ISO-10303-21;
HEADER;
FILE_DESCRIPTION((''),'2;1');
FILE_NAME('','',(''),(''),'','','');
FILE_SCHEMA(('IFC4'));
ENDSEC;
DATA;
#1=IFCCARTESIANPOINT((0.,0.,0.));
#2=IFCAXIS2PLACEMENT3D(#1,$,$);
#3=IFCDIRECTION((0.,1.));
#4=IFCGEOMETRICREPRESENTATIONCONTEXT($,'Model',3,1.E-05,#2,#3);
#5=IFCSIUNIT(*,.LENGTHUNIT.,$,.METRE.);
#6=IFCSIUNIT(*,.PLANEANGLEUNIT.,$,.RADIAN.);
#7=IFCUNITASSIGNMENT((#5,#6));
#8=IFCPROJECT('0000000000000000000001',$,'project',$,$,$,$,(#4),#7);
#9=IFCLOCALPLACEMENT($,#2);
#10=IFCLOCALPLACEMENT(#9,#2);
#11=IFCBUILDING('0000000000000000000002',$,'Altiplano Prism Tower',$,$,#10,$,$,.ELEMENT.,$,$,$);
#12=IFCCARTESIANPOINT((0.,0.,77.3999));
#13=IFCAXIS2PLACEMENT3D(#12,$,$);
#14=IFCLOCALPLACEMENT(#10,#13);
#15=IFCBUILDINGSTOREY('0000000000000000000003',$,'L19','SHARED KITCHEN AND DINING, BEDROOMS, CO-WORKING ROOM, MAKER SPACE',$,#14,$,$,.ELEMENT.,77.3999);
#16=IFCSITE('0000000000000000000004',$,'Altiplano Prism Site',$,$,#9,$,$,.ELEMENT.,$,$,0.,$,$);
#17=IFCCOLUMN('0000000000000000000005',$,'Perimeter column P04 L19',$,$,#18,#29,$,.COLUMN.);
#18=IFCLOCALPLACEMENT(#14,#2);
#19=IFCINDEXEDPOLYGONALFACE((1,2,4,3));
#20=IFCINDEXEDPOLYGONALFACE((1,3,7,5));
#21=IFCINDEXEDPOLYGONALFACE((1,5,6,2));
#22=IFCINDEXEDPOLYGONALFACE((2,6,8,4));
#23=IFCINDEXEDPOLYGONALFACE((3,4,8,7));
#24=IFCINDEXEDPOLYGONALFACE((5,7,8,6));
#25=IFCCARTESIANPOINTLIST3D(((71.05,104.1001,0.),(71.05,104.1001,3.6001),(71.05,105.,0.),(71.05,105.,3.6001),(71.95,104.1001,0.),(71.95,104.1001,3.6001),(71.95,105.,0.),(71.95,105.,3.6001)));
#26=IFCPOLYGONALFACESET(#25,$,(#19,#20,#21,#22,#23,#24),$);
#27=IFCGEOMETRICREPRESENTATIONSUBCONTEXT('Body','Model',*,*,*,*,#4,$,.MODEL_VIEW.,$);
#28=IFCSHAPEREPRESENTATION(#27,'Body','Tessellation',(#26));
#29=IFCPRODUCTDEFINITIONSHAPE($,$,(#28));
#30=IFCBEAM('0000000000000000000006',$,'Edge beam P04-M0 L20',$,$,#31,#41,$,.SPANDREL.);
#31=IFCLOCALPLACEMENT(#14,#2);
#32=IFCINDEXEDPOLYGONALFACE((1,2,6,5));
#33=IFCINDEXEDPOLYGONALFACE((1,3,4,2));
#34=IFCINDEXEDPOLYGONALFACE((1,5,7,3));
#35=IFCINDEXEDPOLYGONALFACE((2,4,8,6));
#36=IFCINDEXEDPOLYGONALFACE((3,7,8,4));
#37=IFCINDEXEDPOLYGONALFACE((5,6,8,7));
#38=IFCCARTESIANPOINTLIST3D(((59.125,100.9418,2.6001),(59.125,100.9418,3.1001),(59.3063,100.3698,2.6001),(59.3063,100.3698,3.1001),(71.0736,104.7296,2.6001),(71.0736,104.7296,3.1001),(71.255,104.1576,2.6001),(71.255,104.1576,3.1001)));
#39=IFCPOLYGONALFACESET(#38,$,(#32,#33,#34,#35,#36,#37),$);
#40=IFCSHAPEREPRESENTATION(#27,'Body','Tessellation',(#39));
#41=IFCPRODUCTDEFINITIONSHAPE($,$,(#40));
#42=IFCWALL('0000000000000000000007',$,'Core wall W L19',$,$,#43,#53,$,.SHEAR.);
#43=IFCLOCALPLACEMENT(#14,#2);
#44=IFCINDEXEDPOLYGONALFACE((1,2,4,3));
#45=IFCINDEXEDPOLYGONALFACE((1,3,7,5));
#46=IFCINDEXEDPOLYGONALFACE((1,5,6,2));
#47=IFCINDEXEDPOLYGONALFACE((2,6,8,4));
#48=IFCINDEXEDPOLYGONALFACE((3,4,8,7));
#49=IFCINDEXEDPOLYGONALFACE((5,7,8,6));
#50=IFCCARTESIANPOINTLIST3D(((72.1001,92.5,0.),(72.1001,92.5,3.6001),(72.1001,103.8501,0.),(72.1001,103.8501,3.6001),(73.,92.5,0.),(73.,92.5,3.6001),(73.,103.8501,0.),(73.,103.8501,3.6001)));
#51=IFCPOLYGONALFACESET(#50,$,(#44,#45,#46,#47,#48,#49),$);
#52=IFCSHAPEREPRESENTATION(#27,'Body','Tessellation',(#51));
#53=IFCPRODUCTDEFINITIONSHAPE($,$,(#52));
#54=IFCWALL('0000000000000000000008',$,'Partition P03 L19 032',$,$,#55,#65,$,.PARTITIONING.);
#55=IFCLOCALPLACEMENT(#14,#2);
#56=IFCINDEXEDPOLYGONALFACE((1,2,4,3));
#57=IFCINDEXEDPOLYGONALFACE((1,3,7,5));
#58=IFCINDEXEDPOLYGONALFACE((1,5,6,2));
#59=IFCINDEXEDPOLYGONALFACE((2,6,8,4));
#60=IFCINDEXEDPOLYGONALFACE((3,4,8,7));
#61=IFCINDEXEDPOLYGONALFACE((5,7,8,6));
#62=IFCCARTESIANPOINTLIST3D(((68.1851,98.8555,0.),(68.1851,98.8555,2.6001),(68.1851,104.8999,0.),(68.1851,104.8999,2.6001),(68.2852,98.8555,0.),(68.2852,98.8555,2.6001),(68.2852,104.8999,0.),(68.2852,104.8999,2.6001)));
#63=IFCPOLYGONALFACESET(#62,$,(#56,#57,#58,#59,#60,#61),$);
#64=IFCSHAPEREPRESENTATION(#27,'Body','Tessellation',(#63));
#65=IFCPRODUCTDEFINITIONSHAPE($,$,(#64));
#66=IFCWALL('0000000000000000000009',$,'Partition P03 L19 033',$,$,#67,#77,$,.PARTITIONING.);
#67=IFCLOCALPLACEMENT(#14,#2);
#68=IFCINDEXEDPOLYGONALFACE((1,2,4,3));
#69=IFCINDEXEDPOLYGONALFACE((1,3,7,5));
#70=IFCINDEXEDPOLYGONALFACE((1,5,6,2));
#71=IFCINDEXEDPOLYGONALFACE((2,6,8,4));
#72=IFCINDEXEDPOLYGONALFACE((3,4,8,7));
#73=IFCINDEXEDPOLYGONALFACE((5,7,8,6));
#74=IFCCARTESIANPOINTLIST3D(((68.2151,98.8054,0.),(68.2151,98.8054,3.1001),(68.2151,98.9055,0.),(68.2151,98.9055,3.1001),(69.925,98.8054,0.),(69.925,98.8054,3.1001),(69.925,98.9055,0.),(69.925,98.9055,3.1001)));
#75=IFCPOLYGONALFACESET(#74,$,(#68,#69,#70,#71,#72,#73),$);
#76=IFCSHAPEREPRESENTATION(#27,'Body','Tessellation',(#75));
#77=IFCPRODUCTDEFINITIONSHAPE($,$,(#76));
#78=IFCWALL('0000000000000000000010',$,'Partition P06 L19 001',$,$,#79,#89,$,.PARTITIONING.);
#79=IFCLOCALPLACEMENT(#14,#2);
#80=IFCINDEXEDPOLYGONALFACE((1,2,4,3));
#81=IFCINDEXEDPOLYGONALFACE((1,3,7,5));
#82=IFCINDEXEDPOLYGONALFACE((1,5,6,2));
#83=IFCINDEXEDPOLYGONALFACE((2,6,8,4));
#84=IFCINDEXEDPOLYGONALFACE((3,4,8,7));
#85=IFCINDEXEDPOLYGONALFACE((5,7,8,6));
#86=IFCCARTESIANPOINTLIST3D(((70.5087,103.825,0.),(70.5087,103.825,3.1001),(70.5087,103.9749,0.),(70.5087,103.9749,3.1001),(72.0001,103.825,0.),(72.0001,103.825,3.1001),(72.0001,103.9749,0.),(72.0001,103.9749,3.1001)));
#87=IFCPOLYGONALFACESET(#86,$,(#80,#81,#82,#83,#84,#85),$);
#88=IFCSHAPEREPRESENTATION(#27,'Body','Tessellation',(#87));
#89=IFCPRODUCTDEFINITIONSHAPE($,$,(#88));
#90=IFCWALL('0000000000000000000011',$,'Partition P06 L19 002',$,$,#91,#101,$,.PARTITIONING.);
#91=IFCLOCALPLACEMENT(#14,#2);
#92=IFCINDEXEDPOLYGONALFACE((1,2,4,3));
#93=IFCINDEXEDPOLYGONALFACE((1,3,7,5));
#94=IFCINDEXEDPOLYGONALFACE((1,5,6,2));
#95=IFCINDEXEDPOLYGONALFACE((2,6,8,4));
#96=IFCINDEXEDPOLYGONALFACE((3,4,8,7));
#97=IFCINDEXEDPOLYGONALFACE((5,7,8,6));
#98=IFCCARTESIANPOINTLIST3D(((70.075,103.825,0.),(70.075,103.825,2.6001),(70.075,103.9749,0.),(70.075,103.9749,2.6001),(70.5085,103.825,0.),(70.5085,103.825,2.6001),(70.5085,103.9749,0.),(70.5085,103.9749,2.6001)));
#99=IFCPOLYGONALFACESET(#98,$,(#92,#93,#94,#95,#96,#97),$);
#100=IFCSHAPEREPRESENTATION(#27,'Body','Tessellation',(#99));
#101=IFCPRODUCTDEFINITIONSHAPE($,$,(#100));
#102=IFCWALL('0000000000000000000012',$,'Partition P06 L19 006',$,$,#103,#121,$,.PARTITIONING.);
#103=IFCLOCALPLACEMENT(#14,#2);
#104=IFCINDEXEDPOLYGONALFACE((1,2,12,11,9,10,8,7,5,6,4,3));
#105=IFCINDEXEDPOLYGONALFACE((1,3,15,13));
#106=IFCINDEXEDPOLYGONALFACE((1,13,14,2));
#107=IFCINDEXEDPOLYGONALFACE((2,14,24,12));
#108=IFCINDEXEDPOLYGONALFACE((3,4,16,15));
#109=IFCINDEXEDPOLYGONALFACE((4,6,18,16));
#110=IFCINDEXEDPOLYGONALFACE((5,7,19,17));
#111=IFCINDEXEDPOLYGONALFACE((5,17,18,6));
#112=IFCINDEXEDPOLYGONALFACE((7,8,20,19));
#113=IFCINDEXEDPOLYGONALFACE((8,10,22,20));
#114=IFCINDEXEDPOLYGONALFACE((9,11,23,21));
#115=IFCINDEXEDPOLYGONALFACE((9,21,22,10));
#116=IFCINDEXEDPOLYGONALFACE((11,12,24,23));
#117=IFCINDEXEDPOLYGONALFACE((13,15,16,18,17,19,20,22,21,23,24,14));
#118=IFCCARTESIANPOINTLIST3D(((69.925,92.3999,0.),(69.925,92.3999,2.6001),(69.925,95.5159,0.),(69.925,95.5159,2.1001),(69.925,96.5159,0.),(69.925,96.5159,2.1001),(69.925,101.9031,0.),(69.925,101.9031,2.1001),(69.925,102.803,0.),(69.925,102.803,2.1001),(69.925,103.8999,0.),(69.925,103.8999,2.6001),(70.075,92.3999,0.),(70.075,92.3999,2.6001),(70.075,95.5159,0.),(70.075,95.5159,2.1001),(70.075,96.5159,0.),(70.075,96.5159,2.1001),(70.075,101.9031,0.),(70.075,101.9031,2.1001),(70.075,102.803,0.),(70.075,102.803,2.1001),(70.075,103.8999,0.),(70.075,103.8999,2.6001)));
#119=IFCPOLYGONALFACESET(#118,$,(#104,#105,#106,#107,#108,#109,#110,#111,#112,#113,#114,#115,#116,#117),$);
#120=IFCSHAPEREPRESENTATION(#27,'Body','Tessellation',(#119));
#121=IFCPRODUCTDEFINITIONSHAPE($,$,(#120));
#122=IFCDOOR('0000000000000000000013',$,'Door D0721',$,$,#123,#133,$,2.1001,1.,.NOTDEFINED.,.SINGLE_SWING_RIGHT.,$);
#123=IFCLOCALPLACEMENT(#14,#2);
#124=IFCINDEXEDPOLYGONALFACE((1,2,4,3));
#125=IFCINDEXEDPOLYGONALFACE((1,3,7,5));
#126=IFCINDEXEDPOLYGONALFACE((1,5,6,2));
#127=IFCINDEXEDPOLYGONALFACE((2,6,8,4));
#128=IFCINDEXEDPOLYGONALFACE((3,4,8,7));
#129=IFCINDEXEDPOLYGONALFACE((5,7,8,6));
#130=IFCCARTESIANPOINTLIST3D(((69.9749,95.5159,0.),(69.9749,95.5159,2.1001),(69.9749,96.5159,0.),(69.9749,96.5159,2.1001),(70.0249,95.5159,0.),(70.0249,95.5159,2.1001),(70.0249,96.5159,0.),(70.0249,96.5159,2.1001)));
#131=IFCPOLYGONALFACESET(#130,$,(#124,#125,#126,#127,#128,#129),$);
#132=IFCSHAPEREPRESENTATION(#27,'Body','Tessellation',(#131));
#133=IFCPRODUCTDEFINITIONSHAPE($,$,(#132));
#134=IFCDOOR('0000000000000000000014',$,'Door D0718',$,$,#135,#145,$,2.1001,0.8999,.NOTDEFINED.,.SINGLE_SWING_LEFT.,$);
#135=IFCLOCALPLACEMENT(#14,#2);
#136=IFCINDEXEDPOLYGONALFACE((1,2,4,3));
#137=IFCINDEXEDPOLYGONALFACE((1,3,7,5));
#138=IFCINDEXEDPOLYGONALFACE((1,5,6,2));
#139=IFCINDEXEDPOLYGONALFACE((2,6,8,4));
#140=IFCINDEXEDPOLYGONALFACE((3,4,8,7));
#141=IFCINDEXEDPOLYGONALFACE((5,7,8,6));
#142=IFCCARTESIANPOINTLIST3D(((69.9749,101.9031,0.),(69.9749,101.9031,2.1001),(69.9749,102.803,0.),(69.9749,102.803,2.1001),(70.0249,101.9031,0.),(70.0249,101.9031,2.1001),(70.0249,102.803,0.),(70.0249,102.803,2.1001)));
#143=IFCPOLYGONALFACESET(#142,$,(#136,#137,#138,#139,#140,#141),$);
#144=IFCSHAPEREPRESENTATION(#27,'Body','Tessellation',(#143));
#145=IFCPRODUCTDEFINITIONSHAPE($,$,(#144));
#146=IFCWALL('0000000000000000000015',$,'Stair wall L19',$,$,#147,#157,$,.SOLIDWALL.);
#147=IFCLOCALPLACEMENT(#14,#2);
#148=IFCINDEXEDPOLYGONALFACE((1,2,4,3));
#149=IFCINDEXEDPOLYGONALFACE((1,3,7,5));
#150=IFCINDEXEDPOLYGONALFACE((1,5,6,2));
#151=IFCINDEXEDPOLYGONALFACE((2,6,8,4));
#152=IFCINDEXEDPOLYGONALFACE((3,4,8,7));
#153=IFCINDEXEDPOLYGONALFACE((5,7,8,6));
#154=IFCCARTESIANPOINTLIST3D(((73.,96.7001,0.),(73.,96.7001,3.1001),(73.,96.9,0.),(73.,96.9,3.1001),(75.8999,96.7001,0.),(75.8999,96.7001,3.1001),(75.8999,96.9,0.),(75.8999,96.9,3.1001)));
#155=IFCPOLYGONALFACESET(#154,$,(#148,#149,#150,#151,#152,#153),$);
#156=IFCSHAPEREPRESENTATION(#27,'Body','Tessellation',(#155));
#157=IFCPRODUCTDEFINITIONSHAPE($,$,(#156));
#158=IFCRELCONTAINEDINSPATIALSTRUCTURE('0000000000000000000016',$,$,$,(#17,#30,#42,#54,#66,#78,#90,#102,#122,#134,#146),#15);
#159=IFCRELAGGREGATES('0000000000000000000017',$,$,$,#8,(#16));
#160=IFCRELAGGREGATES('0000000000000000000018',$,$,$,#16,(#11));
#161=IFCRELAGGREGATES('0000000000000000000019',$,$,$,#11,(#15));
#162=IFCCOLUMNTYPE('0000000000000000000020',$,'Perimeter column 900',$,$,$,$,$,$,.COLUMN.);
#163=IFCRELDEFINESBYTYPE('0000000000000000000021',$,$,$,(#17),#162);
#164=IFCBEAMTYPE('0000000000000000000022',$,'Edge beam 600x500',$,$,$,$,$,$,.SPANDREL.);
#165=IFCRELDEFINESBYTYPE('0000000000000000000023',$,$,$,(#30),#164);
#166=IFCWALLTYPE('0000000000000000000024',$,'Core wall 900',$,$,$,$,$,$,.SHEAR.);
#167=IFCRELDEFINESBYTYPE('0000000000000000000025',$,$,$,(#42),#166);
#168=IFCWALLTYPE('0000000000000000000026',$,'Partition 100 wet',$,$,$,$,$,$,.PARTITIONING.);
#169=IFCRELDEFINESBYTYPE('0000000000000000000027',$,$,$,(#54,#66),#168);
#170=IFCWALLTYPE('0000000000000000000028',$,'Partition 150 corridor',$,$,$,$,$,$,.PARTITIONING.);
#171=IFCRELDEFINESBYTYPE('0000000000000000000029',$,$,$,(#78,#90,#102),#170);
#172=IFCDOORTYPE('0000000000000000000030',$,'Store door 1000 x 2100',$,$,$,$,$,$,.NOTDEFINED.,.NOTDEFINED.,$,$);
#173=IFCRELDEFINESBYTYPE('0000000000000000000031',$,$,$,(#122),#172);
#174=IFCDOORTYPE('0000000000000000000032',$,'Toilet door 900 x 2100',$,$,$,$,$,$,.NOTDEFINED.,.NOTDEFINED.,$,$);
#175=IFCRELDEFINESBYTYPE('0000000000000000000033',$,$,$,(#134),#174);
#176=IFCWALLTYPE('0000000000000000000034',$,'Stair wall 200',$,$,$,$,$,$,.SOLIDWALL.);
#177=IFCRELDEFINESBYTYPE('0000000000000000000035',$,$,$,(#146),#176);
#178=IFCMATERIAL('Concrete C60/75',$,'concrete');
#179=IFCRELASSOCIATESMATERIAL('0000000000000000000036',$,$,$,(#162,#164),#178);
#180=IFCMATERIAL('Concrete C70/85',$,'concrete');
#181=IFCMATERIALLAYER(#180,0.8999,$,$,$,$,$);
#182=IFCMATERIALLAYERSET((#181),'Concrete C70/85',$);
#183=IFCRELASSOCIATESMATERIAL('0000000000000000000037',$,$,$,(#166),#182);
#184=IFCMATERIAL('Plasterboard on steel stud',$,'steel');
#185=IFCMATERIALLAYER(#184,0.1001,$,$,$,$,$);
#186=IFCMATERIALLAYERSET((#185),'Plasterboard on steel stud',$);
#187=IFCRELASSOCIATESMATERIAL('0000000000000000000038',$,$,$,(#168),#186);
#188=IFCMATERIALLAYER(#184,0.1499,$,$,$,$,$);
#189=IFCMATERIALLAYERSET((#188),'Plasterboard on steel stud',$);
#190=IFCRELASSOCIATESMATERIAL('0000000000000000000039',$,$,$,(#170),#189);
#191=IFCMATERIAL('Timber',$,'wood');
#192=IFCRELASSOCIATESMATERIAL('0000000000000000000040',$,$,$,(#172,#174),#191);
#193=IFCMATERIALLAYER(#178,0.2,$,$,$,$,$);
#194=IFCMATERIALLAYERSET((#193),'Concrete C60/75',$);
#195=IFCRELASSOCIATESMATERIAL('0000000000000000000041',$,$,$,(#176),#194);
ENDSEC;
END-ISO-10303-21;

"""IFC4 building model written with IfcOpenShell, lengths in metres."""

from ifc_helpers import new_model, si_unit, direction, frame, frame_2d, origin, origin_2d, place, context, subcontext, project, spatial, rectangle, extrude, material, layer, layer_set, material_profile, profile_set, type_object, element, fill, save


model = new_model("IFC4")

# Units and contexts
model_context = context("Model", 3, precision=1e-05, world=origin(), true_north=direction((0.0, 1.0)))
body_context = subcontext(model_context, "Body", "Model", "MODEL_VIEW")
ifc_project = project(units=[si_unit("LENGTHUNIT", "METRE"), si_unit("PLANEANGLEUNIT", "RADIAN")], contexts=[model_context])

# Site, building, storey
site_placement = place(None, origin())
site = spatial("IfcSite", under=ifc_project, at=site_placement, Name="Altiplano Prism Site", CompositionType="ELEMENT", RefElevation=0.0)
building_placement = place(site_placement, origin())
building = spatial("IfcBuilding", under=site, at=building_placement, Name="Altiplano Prism Tower", CompositionType="ELEMENT")
storey_placement = place(building_placement, frame((0.0, 0.0, 77.3999)))
storey = spatial("IfcBuildingStorey", under=building, at=storey_placement, Name="L19", Description="SHARED KITCHEN AND DINING, BEDROOMS, CO-WORKING ROOM, MAKER SPACE", CompositionType="ELEMENT", Elevation=77.3999)

# Column
ifc_material_1 = material(Name="Concrete C60/75", Category="concrete")
ifc_material_profile_1 = material_profile(ifc_material_1, rectangle(XDim=0.8999, YDim=0.8999, at=origin_2d()), Name="Perimeter column 900")
ifc_profile_set_1 = profile_set([ifc_material_profile_1], Name="Concrete C60/75")
column_type = type_object("IfcColumnType", Name="Perimeter column 900", PredefinedType="COLUMN", material=ifc_profile_set_1)
column_placement = place(storey_placement, frame((71.5, 104.55, 0.0), z_axis=(0.0, 0.0, 1.0), x_axis=(1.0, 0.0, 0.0)))
element("IfcColumn", 1, at=column_placement, inside=storey, type_object=column_type, Name="Perimeter column P04 L19", PredefinedType="COLUMN", context=body_context, shape_type="SweptSolid", body=[
    extrude(rectangle(XDim=0.8999, YDim=0.8999, at=origin_2d()), origin(), (0.0, 0.0, 1.0), 3.6001),
])

# Beam
ifc_material_profile_2 = material_profile(ifc_material_1, rectangle(XDim=0.6001, YDim=0.5, at=origin_2d()), Name="Edge beam 600x500")
ifc_profile_set_2 = profile_set([ifc_material_profile_2], Name="Concrete C60/75")
beam_type = type_object("IfcBeamType", Name="Edge beam 600x500", PredefinedType="SPANDREL", material=ifc_profile_set_2)
beam_placement = place(storey_placement, frame((71.1643, 104.4436, 2.8501), z_axis=(-0.953249, -0.302187, 0.0), x_axis=(0.302187, -0.953249, 0.0)))
element("IfcBeam", 2, at=beam_placement, inside=storey, type_object=beam_type, Name="Edge beam P04-M0 L20", PredefinedType="SPANDREL", context=body_context, shape_type="SweptSolid", body=[
    extrude(rectangle(XDim=0.6001, YDim=0.5, at=origin_2d()), origin(), (0.0, 0.0, 1.0), 12.5347),
])

# Walls
ifc_material_2 = material(Name="Concrete C70/85", Category="concrete")
ifc_layer_1 = layer(ifc_material_2, 0.8999)
ifc_layer_set_1 = layer_set([ifc_layer_1], Name="Concrete C70/85")
wall_type_1 = type_object("IfcWallType", Name="Core wall 900", PredefinedType="SHEAR", material=ifc_layer_set_1)
wall_1_placement = place(storey_placement, frame((72.55, 103.8501, 0.0), z_axis=(0.0, 0.0, 1.0), x_axis=(0.0, -1.0, 0.0)))
element("IfcWall", 3, at=wall_1_placement, inside=storey, type_object=wall_type_1, Name="Core wall W L19", PredefinedType="SHEAR", context=body_context, shape_type="SweptSolid", body=[
    extrude(rectangle(XDim=11.3501, YDim=0.8999, at=frame_2d((5.675, 0.0))), origin(), (0.0, 0.0, 1.0), 3.6001),
])
ifc_material_3 = material(Name="Plasterboard on steel stud", Category="steel")
ifc_layer_2 = layer(ifc_material_3, 0.1001)
ifc_layer_set_2 = layer_set([ifc_layer_2], Name="Plasterboard on steel stud")
wall_type_2 = type_object("IfcWallType", Name="Partition 100 wet", PredefinedType="PARTITIONING", material=ifc_layer_set_2)
wall_2_placement = place(storey_placement, frame((68.2351, 104.8999, 0.0), z_axis=(0.0, 0.0, 1.0), x_axis=(0.0, -1.0, 0.0)))
element("IfcWall", 4, at=wall_2_placement, inside=storey, type_object=wall_type_2, Name="Partition P03 L19 032", PredefinedType="PARTITIONING", context=body_context, shape_type="SweptSolid", body=[
    extrude(rectangle(XDim=6.0444, YDim=0.1001, at=frame_2d((3.0222, 0.0))), origin(), (0.0, 0.0, 1.0), 2.6001),
])
wall_3_placement = place(storey_placement, frame((68.2151, 98.8555, 0.0), z_axis=(0.0, 0.0, 1.0), x_axis=(1.0, 0.0, 0.0)))
element("IfcWall", 5, at=wall_3_placement, inside=storey, type_object=wall_type_2, Name="Partition P03 L19 033", PredefinedType="PARTITIONING", context=body_context, shape_type="SweptSolid", body=[
    extrude(rectangle(XDim=1.71, YDim=0.1001, at=frame_2d((0.855, 0.0))), origin(), (0.0, 0.0, 1.0), 3.1001),
])
ifc_layer_3 = layer(ifc_material_3, 0.1499)
ifc_layer_set_3 = layer_set([ifc_layer_3], Name="Plasterboard on steel stud")
wall_type_3 = type_object("IfcWallType", Name="Partition 150 corridor", PredefinedType="PARTITIONING", material=ifc_layer_set_3)
wall_4_placement = place(storey_placement, frame((72.0, 103.8999, 0.0), z_axis=(0.0, 0.0, 1.0), x_axis=(-1.0, 0.0, 0.0)))
element("IfcWall", 6, at=wall_4_placement, inside=storey, type_object=wall_type_3, Name="Partition P06 L19 001", PredefinedType="PARTITIONING", context=body_context, shape_type="SweptSolid", body=[
    extrude(rectangle(XDim=1.4915, YDim=0.1499, at=frame_2d((0.7456, 0.0))), origin(), (0.0, 0.0, 1.0), 3.1001),
])
wall_5_placement = place(storey_placement, frame((70.5085, 103.8999, 0.0), z_axis=(0.0, 0.0, 1.0), x_axis=(-1.0, 0.0, 0.0)))
element("IfcWall", 7, at=wall_5_placement, inside=storey, type_object=wall_type_3, Name="Partition P06 L19 002", PredefinedType="PARTITIONING", context=body_context, shape_type="SweptSolid", body=[
    extrude(rectangle(XDim=0.4336, YDim=0.1499, at=frame_2d((0.2168, 0.0))), origin(), (0.0, 0.0, 1.0), 2.6001),
])

# Wall, openings, doors
wall_6_placement = place(storey_placement, frame((70.0, 103.8999, 0.0), z_axis=(0.0, 0.0, 1.0), x_axis=(0.0, -1.0, 0.0)))
wall_6 = element("IfcWall", 8, at=wall_6_placement, inside=storey, type_object=wall_type_3, Name="Partition P06 L19 006", PredefinedType="PARTITIONING", context=body_context, shape_type="SweptSolid", body=[
    extrude(rectangle(XDim=11.5, YDim=0.1499, at=frame_2d((5.75, 0.0))), origin(), (0.0, 0.0, 1.0), 2.6001),
])
opening_1_placement = place(wall_6_placement, frame((1.0969, 0.0, 0.0)))
opening_1 = element("IfcOpeningElement", 9, at=opening_1_placement, cuts=wall_6, PredefinedType="OPENING", context=body_context, shape_type="SweptSolid", body=[
    extrude(rectangle(XDim=0.8999, YDim=2.1001, at=frame_2d((0.45, 1.05))), frame((0.0, 0.0854, 0.0), z_axis=(0.0, -1.0, 0.0), x_axis=(1.0, 0.0, 0.0)), (0.0, 0.0, 1.0), 0.1709),
])
opening_2_placement = place(wall_6_placement, frame((7.384, 0.0, 0.0)))
opening_2 = element("IfcOpeningElement", 10, at=opening_2_placement, cuts=wall_6, PredefinedType="OPENING", context=body_context, shape_type="SweptSolid", body=[
    extrude(rectangle(XDim=1.0, YDim=2.1001, at=frame_2d((0.5, 1.05))), frame((0.0, 0.0854, 0.0), z_axis=(0.0, -1.0, 0.0), x_axis=(1.0, 0.0, 0.0)), (0.0, 0.0, 1.0), 0.1709),
])
ifc_material_4 = material(Name="Timber", Category="wood")
door_type_1 = type_object("IfcDoorType", Name="Store door 1000 x 2100", OperationType="NOTDEFINED", PredefinedType="NOTDEFINED", material=ifc_material_4)
door_1_placement = place(opening_2_placement, origin())
door_1 = element("IfcDoor", 11, at=door_1_placement, inside=storey, type_object=door_type_1, Name="Door D0721", OperationType="SINGLE_SWING_RIGHT", OverallHeight=2.1001, OverallWidth=1.0, PredefinedType="NOTDEFINED", context=body_context, shape_type="SweptSolid", body=[
    extrude(rectangle(XDim=1.0, YDim=2.1001, at=frame_2d((0.5, 1.05))), frame((0.0, 0.0249, 0.0), z_axis=(0.0, -1.0, 0.0), x_axis=(1.0, 0.0, 0.0)), (0.0, 0.0, 1.0), 0.05),
])
fill(opening_2, door_1)
door_type_2 = type_object("IfcDoorType", Name="Toilet door 900 x 2100", OperationType="NOTDEFINED", PredefinedType="NOTDEFINED", material=ifc_material_4)
door_2_placement = place(opening_1_placement, origin())
door_2 = element("IfcDoor", 12, at=door_2_placement, inside=storey, type_object=door_type_2, Name="Door D0718", OperationType="SINGLE_SWING_LEFT", OverallHeight=2.1001, OverallWidth=0.8999, PredefinedType="NOTDEFINED", context=body_context, shape_type="SweptSolid", body=[
    extrude(rectangle(XDim=0.8999, YDim=2.1001, at=frame_2d((0.45, 1.05))), frame((0.0, 0.0249, 0.0), z_axis=(0.0, -1.0, 0.0), x_axis=(1.0, 0.0, 0.0)), (0.0, 0.0, 1.0), 0.05),
])
fill(opening_1, door_2)

# Wall
ifc_layer_4 = layer(ifc_material_1, 0.2)
ifc_layer_set_4 = layer_set([ifc_layer_4], Name="Concrete C60/75")
wall_type_4 = type_object("IfcWallType", Name="Stair wall 200", PredefinedType="SOLIDWALL", material=ifc_layer_set_4)
wall_7_placement = place(storey_placement, frame((73.0, 96.8, 0.0), z_axis=(0.0, 0.0, 1.0), x_axis=(1.0, 0.0, 0.0)))
element("IfcWall", 13, at=wall_7_placement, inside=storey, type_object=wall_type_4, Name="Stair wall L19", PredefinedType="SOLIDWALL", context=body_context, shape_type="SweptSolid", body=[
    extrude(rectangle(XDim=2.8999, YDim=0.2, at=frame_2d((1.45, 0.0))), origin(), (0.0, 0.0, 1.0), 3.1001),
])

save(model, "model.ifc")
